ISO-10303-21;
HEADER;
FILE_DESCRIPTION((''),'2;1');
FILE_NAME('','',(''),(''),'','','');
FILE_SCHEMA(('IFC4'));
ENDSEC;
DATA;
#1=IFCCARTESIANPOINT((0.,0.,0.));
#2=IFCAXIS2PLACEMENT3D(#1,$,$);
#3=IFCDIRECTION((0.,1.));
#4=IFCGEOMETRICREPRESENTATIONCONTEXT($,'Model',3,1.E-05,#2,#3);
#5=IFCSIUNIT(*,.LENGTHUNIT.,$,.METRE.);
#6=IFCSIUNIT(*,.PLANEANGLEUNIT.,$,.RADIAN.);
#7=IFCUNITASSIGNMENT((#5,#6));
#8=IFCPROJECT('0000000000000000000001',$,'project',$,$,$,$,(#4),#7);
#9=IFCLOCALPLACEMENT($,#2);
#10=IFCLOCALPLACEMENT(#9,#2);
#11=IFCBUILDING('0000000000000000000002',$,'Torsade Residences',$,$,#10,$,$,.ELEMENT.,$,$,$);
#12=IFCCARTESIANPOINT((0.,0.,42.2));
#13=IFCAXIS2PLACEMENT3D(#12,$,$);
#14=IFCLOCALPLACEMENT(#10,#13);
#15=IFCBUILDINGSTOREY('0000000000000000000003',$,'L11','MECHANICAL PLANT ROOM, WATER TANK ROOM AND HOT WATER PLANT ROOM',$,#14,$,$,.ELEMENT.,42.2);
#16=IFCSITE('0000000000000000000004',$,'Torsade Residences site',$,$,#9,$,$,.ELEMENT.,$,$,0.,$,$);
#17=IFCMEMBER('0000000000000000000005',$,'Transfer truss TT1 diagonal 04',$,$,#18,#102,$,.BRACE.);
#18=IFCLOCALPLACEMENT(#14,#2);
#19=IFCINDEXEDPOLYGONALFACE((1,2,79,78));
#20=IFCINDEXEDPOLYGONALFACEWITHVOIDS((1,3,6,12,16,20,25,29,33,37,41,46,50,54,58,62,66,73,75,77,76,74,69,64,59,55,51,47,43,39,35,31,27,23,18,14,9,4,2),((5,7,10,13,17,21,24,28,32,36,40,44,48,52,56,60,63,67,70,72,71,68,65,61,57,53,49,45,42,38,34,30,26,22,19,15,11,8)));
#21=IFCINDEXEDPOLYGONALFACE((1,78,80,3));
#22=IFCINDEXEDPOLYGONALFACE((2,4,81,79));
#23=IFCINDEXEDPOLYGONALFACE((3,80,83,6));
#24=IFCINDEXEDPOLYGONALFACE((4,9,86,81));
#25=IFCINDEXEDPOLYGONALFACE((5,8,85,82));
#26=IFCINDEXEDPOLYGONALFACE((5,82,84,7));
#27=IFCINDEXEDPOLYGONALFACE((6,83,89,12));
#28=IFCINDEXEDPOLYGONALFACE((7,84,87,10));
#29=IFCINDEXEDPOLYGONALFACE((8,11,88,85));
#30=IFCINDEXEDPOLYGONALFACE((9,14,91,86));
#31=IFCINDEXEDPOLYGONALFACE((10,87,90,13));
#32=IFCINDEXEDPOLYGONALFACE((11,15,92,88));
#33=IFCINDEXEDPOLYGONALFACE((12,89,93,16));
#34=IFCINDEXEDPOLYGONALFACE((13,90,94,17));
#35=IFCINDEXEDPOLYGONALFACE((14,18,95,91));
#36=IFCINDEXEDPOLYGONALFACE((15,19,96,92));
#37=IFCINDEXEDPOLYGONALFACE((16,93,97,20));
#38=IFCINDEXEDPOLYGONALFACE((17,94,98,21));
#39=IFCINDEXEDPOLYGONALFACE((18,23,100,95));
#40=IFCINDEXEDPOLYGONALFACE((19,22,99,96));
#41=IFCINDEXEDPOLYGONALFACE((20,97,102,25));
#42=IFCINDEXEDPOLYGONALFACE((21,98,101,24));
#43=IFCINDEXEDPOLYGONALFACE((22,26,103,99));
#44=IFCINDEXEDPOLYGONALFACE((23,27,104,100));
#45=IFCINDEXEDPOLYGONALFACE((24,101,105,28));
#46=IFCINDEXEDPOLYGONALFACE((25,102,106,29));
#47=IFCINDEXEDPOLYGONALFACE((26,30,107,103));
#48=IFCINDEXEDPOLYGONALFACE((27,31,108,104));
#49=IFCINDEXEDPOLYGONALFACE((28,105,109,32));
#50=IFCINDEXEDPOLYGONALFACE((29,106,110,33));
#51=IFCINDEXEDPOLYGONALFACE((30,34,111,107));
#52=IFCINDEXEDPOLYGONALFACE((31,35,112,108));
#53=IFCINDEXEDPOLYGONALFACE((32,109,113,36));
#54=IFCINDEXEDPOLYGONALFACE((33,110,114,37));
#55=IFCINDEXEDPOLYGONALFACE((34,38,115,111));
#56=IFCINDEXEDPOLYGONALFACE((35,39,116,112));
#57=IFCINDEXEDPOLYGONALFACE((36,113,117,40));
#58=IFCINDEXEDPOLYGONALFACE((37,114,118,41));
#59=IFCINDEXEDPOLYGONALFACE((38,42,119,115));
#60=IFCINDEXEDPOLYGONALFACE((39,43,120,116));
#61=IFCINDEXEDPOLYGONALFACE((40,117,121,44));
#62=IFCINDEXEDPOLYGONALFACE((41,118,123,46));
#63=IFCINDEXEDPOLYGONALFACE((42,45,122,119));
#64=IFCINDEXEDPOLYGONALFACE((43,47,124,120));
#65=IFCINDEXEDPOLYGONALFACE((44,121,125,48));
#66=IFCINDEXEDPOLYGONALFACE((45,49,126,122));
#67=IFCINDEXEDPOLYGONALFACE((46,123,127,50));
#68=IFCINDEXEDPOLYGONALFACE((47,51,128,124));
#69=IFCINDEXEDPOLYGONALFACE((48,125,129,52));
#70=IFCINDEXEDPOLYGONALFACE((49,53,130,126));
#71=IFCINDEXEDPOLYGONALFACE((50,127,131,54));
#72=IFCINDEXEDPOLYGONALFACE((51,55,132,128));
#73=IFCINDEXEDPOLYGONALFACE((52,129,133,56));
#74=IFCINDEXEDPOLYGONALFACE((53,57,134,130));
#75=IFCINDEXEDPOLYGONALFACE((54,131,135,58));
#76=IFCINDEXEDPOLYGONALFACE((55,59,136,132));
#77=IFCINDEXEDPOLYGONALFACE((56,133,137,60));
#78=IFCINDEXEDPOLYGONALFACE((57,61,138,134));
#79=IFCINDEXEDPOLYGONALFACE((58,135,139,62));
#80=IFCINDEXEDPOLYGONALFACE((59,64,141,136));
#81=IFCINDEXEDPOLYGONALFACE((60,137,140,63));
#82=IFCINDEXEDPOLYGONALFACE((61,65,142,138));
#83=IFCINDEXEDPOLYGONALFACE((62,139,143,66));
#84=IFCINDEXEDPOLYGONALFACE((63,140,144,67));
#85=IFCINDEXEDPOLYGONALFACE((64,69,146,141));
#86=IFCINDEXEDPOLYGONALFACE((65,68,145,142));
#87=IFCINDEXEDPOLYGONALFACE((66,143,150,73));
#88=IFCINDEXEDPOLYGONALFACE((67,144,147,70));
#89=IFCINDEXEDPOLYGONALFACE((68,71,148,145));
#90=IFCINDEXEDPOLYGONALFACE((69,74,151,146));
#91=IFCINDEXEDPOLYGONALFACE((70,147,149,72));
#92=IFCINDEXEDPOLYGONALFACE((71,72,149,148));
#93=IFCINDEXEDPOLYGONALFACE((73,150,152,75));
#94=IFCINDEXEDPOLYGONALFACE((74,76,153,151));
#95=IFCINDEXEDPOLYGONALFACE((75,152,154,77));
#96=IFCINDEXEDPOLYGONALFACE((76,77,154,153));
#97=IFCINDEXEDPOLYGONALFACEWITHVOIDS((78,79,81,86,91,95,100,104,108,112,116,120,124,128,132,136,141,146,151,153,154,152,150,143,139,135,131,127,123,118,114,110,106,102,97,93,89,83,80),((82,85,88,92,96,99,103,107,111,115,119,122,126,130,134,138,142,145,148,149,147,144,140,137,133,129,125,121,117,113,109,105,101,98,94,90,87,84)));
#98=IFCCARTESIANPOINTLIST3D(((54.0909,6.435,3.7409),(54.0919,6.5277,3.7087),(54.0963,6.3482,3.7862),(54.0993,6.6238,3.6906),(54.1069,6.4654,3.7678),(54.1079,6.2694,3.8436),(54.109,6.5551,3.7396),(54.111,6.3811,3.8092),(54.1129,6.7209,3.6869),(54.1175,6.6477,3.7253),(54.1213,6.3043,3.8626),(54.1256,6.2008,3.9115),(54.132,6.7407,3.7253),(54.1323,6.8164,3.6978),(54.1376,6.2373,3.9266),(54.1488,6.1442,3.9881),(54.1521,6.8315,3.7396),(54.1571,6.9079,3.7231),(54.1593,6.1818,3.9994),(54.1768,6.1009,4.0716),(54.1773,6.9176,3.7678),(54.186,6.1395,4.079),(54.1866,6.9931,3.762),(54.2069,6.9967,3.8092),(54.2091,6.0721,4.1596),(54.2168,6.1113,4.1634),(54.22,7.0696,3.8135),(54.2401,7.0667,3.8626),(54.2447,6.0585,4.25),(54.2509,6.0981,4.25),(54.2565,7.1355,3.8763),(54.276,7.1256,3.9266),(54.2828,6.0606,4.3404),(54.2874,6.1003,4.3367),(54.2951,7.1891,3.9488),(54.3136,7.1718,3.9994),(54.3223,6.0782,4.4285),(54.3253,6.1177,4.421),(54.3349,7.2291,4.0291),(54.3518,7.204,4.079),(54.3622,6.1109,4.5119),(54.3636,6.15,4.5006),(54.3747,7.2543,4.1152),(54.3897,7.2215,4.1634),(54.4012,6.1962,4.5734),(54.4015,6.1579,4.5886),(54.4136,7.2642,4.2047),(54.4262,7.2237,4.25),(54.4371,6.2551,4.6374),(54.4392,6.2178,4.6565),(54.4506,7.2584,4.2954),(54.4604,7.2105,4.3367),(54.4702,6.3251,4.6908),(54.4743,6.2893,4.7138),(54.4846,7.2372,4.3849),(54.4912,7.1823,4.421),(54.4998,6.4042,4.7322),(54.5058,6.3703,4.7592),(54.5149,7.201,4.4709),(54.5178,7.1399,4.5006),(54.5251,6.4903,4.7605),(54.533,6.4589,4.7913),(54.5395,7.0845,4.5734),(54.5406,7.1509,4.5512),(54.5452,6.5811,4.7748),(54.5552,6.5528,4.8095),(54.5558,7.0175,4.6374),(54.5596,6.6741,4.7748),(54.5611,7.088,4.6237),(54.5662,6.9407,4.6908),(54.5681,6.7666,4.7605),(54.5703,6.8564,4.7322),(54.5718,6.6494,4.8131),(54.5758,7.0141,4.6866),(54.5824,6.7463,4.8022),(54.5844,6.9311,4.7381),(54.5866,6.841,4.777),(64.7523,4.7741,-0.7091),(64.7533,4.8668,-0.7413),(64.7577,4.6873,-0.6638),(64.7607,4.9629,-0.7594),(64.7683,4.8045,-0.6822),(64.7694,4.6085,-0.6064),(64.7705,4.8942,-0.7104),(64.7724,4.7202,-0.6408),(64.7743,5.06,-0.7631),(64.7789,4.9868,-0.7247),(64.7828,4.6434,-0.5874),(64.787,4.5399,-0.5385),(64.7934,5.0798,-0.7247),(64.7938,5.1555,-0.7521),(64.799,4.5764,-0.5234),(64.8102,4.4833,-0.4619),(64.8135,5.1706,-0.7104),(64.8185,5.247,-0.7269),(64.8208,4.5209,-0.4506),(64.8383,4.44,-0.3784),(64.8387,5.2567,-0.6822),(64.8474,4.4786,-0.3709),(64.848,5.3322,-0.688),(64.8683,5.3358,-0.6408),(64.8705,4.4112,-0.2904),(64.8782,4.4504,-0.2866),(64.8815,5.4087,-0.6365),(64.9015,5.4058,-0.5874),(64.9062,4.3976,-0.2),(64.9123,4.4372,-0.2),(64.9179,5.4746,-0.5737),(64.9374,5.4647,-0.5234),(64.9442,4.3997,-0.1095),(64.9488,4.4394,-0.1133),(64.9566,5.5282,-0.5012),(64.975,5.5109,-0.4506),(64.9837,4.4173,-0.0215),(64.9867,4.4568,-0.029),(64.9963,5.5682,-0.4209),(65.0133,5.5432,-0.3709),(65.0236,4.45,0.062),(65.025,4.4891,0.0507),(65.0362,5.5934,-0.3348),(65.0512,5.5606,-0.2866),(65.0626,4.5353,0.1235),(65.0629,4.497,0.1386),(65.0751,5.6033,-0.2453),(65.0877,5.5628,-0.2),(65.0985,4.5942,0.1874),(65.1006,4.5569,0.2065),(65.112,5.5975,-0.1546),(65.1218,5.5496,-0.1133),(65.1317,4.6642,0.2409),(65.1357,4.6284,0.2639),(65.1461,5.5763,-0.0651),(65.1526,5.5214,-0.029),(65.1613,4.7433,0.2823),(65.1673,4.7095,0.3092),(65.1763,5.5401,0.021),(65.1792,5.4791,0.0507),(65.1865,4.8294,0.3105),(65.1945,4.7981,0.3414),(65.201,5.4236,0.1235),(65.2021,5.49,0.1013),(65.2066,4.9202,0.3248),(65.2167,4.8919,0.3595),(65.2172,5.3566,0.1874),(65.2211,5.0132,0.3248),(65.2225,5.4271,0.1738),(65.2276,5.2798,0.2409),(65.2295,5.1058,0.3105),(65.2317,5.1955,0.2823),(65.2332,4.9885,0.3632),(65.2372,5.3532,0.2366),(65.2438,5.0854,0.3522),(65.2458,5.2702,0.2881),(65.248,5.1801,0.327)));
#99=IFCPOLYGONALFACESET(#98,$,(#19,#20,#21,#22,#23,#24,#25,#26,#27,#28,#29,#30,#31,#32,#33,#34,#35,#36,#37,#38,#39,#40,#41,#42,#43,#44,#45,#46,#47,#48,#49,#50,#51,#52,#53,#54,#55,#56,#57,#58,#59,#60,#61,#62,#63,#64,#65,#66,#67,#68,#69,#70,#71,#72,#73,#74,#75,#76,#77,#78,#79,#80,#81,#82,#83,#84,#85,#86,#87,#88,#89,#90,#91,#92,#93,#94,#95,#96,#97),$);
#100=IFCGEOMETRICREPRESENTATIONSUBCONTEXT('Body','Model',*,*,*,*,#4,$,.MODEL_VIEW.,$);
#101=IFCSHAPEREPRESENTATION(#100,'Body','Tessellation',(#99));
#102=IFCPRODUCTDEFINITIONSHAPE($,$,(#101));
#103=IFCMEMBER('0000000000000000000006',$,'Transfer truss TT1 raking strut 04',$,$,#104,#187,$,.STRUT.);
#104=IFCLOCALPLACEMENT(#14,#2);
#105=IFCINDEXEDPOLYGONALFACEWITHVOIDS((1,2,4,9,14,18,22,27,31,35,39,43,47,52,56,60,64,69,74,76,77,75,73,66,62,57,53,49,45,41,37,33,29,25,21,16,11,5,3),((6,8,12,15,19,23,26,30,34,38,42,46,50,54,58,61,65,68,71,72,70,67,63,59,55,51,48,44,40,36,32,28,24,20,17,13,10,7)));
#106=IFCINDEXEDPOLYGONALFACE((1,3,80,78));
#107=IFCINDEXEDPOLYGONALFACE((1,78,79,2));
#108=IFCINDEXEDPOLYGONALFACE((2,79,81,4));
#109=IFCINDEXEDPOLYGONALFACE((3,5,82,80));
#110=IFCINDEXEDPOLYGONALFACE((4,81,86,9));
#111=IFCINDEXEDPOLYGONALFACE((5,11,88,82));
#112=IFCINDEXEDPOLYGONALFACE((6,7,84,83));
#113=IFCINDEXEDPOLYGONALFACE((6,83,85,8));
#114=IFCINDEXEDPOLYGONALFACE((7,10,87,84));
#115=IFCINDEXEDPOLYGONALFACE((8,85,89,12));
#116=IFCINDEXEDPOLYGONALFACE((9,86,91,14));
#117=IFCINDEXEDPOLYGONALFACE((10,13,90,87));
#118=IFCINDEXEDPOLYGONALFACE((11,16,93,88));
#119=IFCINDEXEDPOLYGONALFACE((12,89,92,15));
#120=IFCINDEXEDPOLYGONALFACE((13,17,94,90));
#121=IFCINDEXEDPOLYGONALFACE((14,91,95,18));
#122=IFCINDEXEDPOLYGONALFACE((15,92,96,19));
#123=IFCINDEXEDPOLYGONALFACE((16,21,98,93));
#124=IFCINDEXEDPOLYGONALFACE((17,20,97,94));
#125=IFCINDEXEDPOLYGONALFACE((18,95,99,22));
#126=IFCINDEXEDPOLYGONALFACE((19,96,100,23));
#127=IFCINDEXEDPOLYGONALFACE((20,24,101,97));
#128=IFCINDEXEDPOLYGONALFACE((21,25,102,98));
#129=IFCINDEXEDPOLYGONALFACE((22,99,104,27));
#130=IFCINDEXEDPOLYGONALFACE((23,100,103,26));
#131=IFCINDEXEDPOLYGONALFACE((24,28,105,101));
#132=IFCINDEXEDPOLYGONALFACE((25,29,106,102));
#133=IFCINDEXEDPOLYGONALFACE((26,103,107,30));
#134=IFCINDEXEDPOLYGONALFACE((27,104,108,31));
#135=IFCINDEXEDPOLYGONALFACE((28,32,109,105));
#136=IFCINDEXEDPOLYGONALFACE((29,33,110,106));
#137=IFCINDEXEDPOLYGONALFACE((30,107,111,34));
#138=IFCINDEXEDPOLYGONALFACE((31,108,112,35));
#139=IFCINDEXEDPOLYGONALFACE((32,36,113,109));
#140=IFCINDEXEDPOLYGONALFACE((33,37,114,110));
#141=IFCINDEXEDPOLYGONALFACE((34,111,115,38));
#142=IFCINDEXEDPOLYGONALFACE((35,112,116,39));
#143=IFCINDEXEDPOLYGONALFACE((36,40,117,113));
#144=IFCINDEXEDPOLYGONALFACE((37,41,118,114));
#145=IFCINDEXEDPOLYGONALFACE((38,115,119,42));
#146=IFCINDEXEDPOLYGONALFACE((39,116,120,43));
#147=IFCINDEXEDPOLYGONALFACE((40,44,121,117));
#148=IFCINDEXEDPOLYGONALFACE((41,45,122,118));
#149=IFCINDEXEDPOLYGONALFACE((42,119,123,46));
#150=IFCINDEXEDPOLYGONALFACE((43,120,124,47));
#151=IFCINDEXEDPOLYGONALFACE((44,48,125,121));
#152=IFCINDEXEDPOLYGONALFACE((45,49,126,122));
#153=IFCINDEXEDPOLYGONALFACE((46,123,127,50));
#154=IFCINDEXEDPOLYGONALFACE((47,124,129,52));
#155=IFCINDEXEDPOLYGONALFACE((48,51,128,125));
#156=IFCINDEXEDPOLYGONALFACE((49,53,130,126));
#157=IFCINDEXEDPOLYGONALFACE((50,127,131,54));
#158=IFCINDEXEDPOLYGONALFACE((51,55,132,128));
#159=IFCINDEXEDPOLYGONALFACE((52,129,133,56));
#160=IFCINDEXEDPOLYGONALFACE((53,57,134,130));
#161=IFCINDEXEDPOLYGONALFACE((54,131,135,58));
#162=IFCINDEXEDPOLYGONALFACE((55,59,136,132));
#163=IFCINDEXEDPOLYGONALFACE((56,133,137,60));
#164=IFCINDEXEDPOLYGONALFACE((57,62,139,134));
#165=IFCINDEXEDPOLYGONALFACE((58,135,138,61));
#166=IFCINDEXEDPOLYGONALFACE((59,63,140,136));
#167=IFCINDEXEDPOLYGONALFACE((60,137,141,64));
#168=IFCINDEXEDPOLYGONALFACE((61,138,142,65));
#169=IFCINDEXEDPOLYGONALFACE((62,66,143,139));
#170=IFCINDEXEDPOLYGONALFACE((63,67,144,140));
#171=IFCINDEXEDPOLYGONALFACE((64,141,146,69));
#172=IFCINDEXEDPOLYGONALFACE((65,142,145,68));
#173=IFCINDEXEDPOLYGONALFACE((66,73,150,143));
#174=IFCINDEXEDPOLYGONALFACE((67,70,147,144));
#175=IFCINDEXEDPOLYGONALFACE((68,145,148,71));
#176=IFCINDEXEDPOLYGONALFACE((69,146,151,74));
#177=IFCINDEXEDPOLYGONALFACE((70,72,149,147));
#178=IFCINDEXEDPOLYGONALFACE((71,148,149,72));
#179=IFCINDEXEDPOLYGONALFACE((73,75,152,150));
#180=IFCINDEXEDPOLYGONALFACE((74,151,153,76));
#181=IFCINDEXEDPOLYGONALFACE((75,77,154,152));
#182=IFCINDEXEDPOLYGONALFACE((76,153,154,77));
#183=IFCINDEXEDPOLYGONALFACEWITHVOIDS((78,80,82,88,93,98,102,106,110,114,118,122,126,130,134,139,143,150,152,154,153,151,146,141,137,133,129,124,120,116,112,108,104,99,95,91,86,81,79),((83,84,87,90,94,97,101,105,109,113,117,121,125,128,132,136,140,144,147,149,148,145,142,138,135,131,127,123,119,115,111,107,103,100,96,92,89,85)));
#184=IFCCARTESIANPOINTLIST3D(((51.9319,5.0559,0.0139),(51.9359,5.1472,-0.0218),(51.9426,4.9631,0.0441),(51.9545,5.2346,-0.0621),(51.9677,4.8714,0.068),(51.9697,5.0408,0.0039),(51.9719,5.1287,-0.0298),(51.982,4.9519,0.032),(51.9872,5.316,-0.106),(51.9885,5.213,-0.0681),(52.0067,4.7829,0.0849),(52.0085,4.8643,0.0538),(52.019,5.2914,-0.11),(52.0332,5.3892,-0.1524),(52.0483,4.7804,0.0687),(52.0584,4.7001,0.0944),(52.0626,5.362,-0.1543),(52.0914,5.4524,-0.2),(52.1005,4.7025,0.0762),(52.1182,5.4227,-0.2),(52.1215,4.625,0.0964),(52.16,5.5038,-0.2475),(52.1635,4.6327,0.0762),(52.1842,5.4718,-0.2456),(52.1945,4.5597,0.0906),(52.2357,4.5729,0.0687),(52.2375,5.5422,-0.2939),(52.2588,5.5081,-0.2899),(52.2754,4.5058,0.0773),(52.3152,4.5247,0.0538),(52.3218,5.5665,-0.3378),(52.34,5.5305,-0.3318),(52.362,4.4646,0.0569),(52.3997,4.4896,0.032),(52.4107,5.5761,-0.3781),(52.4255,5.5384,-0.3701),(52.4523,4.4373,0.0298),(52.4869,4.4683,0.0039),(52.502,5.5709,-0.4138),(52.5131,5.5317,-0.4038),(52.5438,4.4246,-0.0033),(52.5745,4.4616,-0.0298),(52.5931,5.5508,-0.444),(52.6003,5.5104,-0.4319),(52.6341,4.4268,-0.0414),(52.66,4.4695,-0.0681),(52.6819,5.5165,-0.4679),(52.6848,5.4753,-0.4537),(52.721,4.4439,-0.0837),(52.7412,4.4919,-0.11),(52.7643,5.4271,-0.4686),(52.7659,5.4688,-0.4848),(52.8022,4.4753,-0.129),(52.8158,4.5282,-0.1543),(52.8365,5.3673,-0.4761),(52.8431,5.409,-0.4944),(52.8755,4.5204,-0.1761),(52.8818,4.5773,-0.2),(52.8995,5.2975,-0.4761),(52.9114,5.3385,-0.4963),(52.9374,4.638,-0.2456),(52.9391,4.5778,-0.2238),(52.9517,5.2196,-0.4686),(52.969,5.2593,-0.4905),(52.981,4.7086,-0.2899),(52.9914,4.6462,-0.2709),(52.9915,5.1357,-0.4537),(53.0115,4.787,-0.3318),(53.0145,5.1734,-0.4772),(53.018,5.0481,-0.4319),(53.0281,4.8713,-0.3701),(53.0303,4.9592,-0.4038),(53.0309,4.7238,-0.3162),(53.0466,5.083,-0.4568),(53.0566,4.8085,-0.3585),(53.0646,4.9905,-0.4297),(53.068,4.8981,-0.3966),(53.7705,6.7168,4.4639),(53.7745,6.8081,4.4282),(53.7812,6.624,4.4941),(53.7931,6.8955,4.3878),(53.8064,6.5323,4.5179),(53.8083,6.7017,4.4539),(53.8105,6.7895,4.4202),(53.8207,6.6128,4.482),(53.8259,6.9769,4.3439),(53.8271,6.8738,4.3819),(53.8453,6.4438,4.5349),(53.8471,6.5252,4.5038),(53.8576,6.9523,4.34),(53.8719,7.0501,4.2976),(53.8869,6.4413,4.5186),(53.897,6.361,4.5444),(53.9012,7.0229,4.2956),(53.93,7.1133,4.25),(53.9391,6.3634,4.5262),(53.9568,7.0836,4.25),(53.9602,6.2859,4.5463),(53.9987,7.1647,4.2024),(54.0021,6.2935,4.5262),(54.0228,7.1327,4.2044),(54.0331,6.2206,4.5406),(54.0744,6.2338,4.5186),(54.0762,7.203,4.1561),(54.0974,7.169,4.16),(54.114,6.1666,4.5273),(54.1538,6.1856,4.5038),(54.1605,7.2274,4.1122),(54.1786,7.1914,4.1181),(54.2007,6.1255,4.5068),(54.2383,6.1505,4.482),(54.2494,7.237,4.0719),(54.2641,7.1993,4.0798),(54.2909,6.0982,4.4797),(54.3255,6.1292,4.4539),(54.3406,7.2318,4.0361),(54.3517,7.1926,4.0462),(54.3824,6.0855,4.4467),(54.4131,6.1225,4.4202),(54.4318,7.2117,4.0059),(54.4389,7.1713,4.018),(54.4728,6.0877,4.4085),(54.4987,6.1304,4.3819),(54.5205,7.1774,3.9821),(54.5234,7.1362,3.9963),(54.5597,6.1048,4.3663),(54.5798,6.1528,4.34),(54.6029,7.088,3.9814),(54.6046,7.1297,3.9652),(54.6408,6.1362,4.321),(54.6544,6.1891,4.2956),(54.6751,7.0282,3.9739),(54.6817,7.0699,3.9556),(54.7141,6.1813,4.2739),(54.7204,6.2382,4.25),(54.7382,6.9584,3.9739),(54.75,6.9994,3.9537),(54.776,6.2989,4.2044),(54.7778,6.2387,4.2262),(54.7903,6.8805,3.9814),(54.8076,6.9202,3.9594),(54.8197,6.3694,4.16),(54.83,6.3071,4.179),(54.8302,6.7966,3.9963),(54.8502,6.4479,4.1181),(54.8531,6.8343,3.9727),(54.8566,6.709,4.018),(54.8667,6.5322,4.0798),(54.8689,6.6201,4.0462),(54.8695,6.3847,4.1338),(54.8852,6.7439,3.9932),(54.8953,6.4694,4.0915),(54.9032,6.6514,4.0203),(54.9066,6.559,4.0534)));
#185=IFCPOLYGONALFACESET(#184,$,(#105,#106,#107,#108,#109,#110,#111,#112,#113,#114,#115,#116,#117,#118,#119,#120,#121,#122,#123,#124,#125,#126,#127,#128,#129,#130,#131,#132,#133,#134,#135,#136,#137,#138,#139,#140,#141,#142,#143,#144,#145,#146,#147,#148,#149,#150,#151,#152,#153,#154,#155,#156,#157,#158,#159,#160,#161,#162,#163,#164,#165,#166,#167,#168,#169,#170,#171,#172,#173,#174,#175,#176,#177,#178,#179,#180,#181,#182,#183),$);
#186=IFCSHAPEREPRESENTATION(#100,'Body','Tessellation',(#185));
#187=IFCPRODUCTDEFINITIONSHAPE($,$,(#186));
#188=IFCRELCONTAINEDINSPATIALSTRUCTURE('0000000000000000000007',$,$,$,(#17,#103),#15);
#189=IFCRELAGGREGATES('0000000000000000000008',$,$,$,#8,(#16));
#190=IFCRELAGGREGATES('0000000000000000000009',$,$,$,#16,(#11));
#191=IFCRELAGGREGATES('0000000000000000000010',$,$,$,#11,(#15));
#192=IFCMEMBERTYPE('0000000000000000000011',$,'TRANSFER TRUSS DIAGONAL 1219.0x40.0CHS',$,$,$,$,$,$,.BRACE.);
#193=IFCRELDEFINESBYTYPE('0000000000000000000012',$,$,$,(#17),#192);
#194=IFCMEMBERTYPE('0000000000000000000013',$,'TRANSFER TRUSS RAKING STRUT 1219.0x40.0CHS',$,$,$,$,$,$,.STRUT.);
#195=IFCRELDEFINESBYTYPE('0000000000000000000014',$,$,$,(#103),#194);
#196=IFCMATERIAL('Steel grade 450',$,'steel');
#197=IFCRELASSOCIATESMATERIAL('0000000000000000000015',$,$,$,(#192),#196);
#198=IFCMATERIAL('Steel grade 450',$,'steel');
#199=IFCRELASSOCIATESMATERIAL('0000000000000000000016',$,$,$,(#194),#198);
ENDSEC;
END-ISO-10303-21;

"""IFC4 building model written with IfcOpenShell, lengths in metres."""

from ifc_helpers import new_model, si_unit, direction, frame, origin, origin_2d, place, context, subcontext, project, spatial, hollow_circle, extrude, material, material_profile, profile_set, type_object, element, save


model = new_model("IFC4")

# Units and contexts
model_context = context("Model", 3, precision=1e-05, world=origin(), true_north=direction((0.0, 1.0)))
body_context = subcontext(model_context, "Body", "Model", "MODEL_VIEW")
ifc_project = project(units=[si_unit("LENGTHUNIT", "METRE"), si_unit("PLANEANGLEUNIT", "RADIAN")], contexts=[model_context])

# Site, building, storey
site_placement = place(None, origin())
site = spatial("IfcSite", under=ifc_project, at=site_placement, Name="Torsade Residences site", CompositionType="ELEMENT", RefElevation=0.0)
building_placement = place(site_placement, origin())
building = spatial("IfcBuilding", under=site, at=building_placement, Name="Torsade Residences", CompositionType="ELEMENT")
storey_placement = place(building_placement, frame((0.0, 0.0, 42.2)))
storey = spatial("IfcBuildingStorey", under=building, at=storey_placement, Name="L11", Description="MECHANICAL PLANT ROOM, WATER TANK ROOM AND HOT WATER PLANT ROOM", CompositionType="ELEMENT", Elevation=42.2)

# Members
ifc_material_1 = material(Name="Steel grade 450", Category="steel")
ifc_material_profile_1 = material_profile(ifc_material_1, hollow_circle(Radius=0.6096, WallThickness=0.04, at=origin_2d()), Name="1219.0x40.0CHS")
ifc_profile_set_1 = profile_set([ifc_material_profile_1], Name="Steel grade 450")
member_type_1 = type_object("IfcMemberType", Name="TRANSFER TRUSS DIAGONAL 1219.0x40.0CHS", PredefinedType="BRACE", material=ifc_profile_set_1)
member_1_placement = place(storey_placement, frame((65.0, 5.0, -0.2), z_axis=(-0.913448, 0.142302, 0.381264), x_axis=(-0.153929, -0.988082, 0.0)))
element("IfcMember", 1, at=member_1_placement, inside=storey, type_object=member_type_1, Name="Transfer truss TT1 diagonal 04", PredefinedType="BRACE", context=body_context, shape_type="SweptSolid", body=[
    extrude(hollow_circle(Radius=0.6096, WallThickness=0.04, at=origin_2d()), origin(), (0.0, 0.0, 1.0), 11.6716),
])
ifc_material_2 = material(Name="Steel grade 450", Category="steel")
ifc_material_profile_2 = material_profile(ifc_material_2, hollow_circle(Radius=0.6096, WallThickness=0.04, at=origin_2d()), Name="1219.0x40.0CHS")
ifc_profile_set_2 = profile_set([ifc_material_profile_2], Name="Steel grade 450")
member_type_2 = type_object("IfcMemberType", Name="TRANSFER TRUSS RAKING STRUT 1219.0x40.0CHS", PredefinedType="STRUT", material=ifc_profile_set_2)
member_2_placement = place(storey_placement, frame((52.5, 5.0, -0.2), z_axis=(0.360992, 0.326096, 0.873697), x_axis=(-0.67033, 0.742063, 0.0)))
element("IfcMember", 2, at=member_2_placement, inside=storey, type_object=member_type_2, Name="Transfer truss TT1 raking strut 04", PredefinedType="STRUT", context=body_context, shape_type="SweptSolid", body=[
    extrude(hollow_circle(Radius=0.6096, WallThickness=0.04, at=origin_2d()), origin(), (0.0, 0.0, 1.0), 5.0933),
])

save(model, "model.ifc")
